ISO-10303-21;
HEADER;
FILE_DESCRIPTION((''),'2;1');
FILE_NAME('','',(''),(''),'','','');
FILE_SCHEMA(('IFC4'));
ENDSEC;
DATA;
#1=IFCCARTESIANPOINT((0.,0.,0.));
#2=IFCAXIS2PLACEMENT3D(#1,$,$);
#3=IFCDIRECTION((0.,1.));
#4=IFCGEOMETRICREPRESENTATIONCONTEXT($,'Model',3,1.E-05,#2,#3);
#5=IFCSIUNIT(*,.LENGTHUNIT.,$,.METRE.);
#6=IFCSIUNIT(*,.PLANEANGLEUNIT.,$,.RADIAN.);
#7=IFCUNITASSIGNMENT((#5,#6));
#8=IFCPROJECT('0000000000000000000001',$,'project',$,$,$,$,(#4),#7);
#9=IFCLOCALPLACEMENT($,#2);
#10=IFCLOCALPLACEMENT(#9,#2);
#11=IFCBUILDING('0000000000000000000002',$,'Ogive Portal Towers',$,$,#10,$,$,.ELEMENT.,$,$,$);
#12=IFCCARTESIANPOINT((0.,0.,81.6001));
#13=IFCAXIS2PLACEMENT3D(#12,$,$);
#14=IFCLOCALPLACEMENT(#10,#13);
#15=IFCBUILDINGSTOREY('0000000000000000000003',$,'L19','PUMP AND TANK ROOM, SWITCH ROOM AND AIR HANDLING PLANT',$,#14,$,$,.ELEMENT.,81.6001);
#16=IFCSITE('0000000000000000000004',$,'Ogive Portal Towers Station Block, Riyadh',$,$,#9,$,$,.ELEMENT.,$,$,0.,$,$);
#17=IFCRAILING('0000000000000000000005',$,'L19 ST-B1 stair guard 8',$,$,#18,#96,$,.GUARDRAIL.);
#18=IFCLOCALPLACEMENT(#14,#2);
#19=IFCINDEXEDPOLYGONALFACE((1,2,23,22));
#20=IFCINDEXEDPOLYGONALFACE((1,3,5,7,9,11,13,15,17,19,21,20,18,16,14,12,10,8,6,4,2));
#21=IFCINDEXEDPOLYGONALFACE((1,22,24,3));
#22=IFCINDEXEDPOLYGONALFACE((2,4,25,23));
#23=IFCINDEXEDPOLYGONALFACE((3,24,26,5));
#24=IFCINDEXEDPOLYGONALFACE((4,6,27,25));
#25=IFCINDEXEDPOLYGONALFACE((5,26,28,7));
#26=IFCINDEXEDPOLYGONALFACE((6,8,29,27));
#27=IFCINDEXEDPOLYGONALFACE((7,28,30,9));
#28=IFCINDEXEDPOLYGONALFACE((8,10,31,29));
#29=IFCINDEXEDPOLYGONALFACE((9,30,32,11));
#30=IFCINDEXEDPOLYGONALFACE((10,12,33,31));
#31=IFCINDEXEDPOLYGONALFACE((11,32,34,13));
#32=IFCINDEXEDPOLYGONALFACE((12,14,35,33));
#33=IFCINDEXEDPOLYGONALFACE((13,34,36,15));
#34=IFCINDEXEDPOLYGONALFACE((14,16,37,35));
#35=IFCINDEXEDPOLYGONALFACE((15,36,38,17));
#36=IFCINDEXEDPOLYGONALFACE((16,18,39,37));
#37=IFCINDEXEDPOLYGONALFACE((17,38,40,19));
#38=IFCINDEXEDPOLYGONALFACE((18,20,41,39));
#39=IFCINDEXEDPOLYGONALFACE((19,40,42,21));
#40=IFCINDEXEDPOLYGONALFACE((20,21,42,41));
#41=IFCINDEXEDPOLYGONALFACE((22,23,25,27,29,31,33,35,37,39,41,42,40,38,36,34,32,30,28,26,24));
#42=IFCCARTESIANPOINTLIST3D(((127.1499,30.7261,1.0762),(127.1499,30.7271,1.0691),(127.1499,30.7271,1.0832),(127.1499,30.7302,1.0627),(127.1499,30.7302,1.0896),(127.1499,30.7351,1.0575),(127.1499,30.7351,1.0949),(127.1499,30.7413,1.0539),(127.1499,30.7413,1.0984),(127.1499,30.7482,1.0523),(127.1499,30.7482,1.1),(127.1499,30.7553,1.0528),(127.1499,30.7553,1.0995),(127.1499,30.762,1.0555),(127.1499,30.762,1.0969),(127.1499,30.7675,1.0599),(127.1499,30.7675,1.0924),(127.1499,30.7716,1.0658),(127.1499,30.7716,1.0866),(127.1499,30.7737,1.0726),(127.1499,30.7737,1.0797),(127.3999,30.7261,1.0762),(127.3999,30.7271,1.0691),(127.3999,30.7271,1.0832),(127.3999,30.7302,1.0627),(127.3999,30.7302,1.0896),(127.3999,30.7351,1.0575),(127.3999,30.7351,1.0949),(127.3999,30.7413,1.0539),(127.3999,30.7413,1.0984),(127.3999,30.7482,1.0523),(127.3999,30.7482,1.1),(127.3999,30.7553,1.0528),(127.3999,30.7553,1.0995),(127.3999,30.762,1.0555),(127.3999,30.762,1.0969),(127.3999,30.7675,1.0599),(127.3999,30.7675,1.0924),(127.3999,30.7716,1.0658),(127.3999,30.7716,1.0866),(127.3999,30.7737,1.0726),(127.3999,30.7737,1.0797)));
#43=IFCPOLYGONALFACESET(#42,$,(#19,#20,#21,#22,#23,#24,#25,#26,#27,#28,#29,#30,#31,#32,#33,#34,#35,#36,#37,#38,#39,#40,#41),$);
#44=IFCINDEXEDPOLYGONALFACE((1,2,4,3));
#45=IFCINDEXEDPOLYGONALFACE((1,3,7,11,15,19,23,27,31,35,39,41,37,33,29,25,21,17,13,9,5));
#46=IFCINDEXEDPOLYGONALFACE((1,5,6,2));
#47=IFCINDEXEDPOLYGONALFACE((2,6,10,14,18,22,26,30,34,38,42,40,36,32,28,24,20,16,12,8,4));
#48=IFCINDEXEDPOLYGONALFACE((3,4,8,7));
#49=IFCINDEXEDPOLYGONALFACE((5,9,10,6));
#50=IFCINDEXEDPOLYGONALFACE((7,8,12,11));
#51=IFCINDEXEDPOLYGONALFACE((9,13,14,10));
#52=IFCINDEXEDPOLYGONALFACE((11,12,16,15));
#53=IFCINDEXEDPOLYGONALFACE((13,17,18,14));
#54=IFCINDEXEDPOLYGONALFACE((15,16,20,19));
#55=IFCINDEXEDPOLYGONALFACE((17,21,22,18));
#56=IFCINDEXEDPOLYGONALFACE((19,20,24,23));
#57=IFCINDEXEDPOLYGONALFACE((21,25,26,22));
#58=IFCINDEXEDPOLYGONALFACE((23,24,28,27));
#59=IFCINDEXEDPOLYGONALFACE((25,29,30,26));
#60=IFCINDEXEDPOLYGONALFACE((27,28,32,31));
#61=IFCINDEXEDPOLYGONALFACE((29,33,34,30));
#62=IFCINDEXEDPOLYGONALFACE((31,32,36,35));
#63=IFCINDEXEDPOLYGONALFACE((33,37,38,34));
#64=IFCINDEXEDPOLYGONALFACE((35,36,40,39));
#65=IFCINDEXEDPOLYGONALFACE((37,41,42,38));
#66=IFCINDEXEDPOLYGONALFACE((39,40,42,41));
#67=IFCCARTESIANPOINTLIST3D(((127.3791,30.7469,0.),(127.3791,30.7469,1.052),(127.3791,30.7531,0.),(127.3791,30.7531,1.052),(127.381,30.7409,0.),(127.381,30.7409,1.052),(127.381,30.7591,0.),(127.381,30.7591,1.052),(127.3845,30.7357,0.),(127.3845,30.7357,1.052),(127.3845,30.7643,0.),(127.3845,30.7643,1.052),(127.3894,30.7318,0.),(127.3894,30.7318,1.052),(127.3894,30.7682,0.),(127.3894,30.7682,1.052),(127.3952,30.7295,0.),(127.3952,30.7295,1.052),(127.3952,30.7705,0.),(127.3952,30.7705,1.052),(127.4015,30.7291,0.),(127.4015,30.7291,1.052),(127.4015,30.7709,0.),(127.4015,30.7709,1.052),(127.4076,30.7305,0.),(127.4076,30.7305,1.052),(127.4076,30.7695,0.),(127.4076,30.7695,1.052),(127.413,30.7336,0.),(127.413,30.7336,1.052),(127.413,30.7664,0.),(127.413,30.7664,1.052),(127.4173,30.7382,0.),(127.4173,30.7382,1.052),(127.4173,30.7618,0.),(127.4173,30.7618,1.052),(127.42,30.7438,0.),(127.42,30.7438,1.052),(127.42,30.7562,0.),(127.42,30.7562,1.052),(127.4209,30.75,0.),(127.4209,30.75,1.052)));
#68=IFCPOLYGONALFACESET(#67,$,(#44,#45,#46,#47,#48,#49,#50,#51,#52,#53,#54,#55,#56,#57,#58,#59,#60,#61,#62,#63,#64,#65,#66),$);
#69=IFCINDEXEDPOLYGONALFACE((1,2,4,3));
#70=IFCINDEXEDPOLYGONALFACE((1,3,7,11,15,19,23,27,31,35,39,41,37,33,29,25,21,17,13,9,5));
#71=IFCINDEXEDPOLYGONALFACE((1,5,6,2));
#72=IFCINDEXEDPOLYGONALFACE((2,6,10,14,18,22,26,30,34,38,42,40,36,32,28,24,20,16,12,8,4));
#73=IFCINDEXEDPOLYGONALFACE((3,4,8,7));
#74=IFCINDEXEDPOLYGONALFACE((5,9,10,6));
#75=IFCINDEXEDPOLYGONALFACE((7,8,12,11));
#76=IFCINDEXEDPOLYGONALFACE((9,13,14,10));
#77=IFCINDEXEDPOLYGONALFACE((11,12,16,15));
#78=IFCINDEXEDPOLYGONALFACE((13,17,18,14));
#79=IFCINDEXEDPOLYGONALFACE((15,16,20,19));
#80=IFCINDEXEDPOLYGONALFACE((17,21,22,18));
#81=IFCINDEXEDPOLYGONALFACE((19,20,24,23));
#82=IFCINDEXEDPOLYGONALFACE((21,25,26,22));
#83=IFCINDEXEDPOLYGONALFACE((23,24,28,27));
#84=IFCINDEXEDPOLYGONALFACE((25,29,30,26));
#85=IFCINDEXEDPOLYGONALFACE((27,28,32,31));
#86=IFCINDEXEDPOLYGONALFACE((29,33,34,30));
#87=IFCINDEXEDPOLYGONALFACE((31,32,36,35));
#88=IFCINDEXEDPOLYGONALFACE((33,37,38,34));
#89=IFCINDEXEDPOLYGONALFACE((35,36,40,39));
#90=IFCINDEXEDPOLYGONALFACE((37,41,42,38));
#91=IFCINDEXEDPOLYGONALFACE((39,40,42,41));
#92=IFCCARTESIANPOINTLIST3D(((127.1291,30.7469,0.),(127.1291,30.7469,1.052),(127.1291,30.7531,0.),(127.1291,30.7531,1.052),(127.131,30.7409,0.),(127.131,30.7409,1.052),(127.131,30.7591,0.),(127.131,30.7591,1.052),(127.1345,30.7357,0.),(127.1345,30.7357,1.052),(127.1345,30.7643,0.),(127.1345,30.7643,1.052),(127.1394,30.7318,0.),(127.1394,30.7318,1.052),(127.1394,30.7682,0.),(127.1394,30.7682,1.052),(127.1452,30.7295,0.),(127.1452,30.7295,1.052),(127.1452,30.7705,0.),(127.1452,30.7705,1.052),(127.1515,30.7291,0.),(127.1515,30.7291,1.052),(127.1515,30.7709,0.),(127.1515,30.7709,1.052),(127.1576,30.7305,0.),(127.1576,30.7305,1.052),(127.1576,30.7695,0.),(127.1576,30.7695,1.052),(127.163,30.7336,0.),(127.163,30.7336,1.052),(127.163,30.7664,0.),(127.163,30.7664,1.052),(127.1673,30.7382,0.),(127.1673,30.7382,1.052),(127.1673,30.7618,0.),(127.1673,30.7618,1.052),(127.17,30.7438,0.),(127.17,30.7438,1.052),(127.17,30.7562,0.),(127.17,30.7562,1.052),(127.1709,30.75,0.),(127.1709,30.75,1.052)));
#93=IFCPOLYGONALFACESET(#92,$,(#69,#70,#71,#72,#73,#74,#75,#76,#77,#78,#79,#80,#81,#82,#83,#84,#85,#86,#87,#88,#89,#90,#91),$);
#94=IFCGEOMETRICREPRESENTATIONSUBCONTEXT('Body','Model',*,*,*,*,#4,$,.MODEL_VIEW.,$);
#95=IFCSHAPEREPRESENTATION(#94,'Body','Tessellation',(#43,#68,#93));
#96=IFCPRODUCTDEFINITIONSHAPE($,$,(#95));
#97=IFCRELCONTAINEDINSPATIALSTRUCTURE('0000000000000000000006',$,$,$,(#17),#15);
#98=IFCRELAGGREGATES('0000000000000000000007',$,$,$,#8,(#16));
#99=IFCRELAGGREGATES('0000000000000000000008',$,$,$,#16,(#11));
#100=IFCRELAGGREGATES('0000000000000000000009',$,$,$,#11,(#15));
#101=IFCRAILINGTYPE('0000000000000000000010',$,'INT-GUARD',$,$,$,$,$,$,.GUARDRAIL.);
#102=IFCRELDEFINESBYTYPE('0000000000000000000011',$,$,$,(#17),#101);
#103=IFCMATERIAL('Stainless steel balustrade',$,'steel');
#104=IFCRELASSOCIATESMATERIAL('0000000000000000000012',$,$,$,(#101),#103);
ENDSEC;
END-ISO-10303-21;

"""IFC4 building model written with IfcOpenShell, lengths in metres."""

from ifc_helpers import new_model, si_unit, direction, frame, origin, origin_2d, place, context, subcontext, project, spatial, circle, extrude, material, type_object, element, save


model = new_model("IFC4")

# Units and contexts
model_context = context("Model", 3, precision=1e-05, world=origin(), true_north=direction((0.0, 1.0)))
body_context = subcontext(model_context, "Body", "Model", "MODEL_VIEW")
ifc_project = project(units=[si_unit("LENGTHUNIT", "METRE"), si_unit("PLANEANGLEUNIT", "RADIAN")], contexts=[model_context])

# Site, building, storey
site_placement = place(None, origin())
site = spatial("IfcSite", under=ifc_project, at=site_placement, Name="Ogive Portal Towers Station Block, Riyadh", CompositionType="ELEMENT", RefElevation=0.0)
building_placement = place(site_placement, origin())
building = spatial("IfcBuilding", under=site, at=building_placement, Name="Ogive Portal Towers", CompositionType="ELEMENT")
storey_placement = place(building_placement, frame((0.0, 0.0, 81.6001)))
storey = spatial("IfcBuildingStorey", under=building, at=storey_placement, Name="L19", Description="PUMP AND TANK ROOM, SWITCH ROOM AND AIR HANDLING PLANT", CompositionType="ELEMENT", Elevation=81.6001)

# Railing
ifc_material_1 = material(Name="Stainless steel balustrade", Category="steel")
railing_type_1 = type_object("IfcRailingType", Name="INT-GUARD", PredefinedType="GUARDRAIL", material=ifc_material_1)
railing_1_placement = place(storey_placement, frame((127.3999, 30.75, 0.0)))
element("IfcRailing", 1, at=railing_1_placement, inside=storey, type_object=railing_type_1, Name="L19 ST-B1 stair guard 8", PredefinedType="GUARDRAIL", context=body_context, shape_type="SweptSolid", body=[
    extrude(circle(Radius=0.0239, at=origin_2d()), frame((0.0, 0.0, 1.0762), z_axis=(-1.0, 0.0, 0.0), x_axis=(0.0, -1.0, 0.0)), (0.0, 0.0, 1.0), 0.25),
    extrude(circle(Radius=0.021, at=origin_2d()), origin(), (0.0, 0.0, 1.0), 1.052),
    extrude(circle(Radius=0.021, at=origin_2d()), frame((-0.25, 0.0, 0.0)), (0.0, 0.0, 1.0), 1.052),
])

save(model, "model.ifc")
